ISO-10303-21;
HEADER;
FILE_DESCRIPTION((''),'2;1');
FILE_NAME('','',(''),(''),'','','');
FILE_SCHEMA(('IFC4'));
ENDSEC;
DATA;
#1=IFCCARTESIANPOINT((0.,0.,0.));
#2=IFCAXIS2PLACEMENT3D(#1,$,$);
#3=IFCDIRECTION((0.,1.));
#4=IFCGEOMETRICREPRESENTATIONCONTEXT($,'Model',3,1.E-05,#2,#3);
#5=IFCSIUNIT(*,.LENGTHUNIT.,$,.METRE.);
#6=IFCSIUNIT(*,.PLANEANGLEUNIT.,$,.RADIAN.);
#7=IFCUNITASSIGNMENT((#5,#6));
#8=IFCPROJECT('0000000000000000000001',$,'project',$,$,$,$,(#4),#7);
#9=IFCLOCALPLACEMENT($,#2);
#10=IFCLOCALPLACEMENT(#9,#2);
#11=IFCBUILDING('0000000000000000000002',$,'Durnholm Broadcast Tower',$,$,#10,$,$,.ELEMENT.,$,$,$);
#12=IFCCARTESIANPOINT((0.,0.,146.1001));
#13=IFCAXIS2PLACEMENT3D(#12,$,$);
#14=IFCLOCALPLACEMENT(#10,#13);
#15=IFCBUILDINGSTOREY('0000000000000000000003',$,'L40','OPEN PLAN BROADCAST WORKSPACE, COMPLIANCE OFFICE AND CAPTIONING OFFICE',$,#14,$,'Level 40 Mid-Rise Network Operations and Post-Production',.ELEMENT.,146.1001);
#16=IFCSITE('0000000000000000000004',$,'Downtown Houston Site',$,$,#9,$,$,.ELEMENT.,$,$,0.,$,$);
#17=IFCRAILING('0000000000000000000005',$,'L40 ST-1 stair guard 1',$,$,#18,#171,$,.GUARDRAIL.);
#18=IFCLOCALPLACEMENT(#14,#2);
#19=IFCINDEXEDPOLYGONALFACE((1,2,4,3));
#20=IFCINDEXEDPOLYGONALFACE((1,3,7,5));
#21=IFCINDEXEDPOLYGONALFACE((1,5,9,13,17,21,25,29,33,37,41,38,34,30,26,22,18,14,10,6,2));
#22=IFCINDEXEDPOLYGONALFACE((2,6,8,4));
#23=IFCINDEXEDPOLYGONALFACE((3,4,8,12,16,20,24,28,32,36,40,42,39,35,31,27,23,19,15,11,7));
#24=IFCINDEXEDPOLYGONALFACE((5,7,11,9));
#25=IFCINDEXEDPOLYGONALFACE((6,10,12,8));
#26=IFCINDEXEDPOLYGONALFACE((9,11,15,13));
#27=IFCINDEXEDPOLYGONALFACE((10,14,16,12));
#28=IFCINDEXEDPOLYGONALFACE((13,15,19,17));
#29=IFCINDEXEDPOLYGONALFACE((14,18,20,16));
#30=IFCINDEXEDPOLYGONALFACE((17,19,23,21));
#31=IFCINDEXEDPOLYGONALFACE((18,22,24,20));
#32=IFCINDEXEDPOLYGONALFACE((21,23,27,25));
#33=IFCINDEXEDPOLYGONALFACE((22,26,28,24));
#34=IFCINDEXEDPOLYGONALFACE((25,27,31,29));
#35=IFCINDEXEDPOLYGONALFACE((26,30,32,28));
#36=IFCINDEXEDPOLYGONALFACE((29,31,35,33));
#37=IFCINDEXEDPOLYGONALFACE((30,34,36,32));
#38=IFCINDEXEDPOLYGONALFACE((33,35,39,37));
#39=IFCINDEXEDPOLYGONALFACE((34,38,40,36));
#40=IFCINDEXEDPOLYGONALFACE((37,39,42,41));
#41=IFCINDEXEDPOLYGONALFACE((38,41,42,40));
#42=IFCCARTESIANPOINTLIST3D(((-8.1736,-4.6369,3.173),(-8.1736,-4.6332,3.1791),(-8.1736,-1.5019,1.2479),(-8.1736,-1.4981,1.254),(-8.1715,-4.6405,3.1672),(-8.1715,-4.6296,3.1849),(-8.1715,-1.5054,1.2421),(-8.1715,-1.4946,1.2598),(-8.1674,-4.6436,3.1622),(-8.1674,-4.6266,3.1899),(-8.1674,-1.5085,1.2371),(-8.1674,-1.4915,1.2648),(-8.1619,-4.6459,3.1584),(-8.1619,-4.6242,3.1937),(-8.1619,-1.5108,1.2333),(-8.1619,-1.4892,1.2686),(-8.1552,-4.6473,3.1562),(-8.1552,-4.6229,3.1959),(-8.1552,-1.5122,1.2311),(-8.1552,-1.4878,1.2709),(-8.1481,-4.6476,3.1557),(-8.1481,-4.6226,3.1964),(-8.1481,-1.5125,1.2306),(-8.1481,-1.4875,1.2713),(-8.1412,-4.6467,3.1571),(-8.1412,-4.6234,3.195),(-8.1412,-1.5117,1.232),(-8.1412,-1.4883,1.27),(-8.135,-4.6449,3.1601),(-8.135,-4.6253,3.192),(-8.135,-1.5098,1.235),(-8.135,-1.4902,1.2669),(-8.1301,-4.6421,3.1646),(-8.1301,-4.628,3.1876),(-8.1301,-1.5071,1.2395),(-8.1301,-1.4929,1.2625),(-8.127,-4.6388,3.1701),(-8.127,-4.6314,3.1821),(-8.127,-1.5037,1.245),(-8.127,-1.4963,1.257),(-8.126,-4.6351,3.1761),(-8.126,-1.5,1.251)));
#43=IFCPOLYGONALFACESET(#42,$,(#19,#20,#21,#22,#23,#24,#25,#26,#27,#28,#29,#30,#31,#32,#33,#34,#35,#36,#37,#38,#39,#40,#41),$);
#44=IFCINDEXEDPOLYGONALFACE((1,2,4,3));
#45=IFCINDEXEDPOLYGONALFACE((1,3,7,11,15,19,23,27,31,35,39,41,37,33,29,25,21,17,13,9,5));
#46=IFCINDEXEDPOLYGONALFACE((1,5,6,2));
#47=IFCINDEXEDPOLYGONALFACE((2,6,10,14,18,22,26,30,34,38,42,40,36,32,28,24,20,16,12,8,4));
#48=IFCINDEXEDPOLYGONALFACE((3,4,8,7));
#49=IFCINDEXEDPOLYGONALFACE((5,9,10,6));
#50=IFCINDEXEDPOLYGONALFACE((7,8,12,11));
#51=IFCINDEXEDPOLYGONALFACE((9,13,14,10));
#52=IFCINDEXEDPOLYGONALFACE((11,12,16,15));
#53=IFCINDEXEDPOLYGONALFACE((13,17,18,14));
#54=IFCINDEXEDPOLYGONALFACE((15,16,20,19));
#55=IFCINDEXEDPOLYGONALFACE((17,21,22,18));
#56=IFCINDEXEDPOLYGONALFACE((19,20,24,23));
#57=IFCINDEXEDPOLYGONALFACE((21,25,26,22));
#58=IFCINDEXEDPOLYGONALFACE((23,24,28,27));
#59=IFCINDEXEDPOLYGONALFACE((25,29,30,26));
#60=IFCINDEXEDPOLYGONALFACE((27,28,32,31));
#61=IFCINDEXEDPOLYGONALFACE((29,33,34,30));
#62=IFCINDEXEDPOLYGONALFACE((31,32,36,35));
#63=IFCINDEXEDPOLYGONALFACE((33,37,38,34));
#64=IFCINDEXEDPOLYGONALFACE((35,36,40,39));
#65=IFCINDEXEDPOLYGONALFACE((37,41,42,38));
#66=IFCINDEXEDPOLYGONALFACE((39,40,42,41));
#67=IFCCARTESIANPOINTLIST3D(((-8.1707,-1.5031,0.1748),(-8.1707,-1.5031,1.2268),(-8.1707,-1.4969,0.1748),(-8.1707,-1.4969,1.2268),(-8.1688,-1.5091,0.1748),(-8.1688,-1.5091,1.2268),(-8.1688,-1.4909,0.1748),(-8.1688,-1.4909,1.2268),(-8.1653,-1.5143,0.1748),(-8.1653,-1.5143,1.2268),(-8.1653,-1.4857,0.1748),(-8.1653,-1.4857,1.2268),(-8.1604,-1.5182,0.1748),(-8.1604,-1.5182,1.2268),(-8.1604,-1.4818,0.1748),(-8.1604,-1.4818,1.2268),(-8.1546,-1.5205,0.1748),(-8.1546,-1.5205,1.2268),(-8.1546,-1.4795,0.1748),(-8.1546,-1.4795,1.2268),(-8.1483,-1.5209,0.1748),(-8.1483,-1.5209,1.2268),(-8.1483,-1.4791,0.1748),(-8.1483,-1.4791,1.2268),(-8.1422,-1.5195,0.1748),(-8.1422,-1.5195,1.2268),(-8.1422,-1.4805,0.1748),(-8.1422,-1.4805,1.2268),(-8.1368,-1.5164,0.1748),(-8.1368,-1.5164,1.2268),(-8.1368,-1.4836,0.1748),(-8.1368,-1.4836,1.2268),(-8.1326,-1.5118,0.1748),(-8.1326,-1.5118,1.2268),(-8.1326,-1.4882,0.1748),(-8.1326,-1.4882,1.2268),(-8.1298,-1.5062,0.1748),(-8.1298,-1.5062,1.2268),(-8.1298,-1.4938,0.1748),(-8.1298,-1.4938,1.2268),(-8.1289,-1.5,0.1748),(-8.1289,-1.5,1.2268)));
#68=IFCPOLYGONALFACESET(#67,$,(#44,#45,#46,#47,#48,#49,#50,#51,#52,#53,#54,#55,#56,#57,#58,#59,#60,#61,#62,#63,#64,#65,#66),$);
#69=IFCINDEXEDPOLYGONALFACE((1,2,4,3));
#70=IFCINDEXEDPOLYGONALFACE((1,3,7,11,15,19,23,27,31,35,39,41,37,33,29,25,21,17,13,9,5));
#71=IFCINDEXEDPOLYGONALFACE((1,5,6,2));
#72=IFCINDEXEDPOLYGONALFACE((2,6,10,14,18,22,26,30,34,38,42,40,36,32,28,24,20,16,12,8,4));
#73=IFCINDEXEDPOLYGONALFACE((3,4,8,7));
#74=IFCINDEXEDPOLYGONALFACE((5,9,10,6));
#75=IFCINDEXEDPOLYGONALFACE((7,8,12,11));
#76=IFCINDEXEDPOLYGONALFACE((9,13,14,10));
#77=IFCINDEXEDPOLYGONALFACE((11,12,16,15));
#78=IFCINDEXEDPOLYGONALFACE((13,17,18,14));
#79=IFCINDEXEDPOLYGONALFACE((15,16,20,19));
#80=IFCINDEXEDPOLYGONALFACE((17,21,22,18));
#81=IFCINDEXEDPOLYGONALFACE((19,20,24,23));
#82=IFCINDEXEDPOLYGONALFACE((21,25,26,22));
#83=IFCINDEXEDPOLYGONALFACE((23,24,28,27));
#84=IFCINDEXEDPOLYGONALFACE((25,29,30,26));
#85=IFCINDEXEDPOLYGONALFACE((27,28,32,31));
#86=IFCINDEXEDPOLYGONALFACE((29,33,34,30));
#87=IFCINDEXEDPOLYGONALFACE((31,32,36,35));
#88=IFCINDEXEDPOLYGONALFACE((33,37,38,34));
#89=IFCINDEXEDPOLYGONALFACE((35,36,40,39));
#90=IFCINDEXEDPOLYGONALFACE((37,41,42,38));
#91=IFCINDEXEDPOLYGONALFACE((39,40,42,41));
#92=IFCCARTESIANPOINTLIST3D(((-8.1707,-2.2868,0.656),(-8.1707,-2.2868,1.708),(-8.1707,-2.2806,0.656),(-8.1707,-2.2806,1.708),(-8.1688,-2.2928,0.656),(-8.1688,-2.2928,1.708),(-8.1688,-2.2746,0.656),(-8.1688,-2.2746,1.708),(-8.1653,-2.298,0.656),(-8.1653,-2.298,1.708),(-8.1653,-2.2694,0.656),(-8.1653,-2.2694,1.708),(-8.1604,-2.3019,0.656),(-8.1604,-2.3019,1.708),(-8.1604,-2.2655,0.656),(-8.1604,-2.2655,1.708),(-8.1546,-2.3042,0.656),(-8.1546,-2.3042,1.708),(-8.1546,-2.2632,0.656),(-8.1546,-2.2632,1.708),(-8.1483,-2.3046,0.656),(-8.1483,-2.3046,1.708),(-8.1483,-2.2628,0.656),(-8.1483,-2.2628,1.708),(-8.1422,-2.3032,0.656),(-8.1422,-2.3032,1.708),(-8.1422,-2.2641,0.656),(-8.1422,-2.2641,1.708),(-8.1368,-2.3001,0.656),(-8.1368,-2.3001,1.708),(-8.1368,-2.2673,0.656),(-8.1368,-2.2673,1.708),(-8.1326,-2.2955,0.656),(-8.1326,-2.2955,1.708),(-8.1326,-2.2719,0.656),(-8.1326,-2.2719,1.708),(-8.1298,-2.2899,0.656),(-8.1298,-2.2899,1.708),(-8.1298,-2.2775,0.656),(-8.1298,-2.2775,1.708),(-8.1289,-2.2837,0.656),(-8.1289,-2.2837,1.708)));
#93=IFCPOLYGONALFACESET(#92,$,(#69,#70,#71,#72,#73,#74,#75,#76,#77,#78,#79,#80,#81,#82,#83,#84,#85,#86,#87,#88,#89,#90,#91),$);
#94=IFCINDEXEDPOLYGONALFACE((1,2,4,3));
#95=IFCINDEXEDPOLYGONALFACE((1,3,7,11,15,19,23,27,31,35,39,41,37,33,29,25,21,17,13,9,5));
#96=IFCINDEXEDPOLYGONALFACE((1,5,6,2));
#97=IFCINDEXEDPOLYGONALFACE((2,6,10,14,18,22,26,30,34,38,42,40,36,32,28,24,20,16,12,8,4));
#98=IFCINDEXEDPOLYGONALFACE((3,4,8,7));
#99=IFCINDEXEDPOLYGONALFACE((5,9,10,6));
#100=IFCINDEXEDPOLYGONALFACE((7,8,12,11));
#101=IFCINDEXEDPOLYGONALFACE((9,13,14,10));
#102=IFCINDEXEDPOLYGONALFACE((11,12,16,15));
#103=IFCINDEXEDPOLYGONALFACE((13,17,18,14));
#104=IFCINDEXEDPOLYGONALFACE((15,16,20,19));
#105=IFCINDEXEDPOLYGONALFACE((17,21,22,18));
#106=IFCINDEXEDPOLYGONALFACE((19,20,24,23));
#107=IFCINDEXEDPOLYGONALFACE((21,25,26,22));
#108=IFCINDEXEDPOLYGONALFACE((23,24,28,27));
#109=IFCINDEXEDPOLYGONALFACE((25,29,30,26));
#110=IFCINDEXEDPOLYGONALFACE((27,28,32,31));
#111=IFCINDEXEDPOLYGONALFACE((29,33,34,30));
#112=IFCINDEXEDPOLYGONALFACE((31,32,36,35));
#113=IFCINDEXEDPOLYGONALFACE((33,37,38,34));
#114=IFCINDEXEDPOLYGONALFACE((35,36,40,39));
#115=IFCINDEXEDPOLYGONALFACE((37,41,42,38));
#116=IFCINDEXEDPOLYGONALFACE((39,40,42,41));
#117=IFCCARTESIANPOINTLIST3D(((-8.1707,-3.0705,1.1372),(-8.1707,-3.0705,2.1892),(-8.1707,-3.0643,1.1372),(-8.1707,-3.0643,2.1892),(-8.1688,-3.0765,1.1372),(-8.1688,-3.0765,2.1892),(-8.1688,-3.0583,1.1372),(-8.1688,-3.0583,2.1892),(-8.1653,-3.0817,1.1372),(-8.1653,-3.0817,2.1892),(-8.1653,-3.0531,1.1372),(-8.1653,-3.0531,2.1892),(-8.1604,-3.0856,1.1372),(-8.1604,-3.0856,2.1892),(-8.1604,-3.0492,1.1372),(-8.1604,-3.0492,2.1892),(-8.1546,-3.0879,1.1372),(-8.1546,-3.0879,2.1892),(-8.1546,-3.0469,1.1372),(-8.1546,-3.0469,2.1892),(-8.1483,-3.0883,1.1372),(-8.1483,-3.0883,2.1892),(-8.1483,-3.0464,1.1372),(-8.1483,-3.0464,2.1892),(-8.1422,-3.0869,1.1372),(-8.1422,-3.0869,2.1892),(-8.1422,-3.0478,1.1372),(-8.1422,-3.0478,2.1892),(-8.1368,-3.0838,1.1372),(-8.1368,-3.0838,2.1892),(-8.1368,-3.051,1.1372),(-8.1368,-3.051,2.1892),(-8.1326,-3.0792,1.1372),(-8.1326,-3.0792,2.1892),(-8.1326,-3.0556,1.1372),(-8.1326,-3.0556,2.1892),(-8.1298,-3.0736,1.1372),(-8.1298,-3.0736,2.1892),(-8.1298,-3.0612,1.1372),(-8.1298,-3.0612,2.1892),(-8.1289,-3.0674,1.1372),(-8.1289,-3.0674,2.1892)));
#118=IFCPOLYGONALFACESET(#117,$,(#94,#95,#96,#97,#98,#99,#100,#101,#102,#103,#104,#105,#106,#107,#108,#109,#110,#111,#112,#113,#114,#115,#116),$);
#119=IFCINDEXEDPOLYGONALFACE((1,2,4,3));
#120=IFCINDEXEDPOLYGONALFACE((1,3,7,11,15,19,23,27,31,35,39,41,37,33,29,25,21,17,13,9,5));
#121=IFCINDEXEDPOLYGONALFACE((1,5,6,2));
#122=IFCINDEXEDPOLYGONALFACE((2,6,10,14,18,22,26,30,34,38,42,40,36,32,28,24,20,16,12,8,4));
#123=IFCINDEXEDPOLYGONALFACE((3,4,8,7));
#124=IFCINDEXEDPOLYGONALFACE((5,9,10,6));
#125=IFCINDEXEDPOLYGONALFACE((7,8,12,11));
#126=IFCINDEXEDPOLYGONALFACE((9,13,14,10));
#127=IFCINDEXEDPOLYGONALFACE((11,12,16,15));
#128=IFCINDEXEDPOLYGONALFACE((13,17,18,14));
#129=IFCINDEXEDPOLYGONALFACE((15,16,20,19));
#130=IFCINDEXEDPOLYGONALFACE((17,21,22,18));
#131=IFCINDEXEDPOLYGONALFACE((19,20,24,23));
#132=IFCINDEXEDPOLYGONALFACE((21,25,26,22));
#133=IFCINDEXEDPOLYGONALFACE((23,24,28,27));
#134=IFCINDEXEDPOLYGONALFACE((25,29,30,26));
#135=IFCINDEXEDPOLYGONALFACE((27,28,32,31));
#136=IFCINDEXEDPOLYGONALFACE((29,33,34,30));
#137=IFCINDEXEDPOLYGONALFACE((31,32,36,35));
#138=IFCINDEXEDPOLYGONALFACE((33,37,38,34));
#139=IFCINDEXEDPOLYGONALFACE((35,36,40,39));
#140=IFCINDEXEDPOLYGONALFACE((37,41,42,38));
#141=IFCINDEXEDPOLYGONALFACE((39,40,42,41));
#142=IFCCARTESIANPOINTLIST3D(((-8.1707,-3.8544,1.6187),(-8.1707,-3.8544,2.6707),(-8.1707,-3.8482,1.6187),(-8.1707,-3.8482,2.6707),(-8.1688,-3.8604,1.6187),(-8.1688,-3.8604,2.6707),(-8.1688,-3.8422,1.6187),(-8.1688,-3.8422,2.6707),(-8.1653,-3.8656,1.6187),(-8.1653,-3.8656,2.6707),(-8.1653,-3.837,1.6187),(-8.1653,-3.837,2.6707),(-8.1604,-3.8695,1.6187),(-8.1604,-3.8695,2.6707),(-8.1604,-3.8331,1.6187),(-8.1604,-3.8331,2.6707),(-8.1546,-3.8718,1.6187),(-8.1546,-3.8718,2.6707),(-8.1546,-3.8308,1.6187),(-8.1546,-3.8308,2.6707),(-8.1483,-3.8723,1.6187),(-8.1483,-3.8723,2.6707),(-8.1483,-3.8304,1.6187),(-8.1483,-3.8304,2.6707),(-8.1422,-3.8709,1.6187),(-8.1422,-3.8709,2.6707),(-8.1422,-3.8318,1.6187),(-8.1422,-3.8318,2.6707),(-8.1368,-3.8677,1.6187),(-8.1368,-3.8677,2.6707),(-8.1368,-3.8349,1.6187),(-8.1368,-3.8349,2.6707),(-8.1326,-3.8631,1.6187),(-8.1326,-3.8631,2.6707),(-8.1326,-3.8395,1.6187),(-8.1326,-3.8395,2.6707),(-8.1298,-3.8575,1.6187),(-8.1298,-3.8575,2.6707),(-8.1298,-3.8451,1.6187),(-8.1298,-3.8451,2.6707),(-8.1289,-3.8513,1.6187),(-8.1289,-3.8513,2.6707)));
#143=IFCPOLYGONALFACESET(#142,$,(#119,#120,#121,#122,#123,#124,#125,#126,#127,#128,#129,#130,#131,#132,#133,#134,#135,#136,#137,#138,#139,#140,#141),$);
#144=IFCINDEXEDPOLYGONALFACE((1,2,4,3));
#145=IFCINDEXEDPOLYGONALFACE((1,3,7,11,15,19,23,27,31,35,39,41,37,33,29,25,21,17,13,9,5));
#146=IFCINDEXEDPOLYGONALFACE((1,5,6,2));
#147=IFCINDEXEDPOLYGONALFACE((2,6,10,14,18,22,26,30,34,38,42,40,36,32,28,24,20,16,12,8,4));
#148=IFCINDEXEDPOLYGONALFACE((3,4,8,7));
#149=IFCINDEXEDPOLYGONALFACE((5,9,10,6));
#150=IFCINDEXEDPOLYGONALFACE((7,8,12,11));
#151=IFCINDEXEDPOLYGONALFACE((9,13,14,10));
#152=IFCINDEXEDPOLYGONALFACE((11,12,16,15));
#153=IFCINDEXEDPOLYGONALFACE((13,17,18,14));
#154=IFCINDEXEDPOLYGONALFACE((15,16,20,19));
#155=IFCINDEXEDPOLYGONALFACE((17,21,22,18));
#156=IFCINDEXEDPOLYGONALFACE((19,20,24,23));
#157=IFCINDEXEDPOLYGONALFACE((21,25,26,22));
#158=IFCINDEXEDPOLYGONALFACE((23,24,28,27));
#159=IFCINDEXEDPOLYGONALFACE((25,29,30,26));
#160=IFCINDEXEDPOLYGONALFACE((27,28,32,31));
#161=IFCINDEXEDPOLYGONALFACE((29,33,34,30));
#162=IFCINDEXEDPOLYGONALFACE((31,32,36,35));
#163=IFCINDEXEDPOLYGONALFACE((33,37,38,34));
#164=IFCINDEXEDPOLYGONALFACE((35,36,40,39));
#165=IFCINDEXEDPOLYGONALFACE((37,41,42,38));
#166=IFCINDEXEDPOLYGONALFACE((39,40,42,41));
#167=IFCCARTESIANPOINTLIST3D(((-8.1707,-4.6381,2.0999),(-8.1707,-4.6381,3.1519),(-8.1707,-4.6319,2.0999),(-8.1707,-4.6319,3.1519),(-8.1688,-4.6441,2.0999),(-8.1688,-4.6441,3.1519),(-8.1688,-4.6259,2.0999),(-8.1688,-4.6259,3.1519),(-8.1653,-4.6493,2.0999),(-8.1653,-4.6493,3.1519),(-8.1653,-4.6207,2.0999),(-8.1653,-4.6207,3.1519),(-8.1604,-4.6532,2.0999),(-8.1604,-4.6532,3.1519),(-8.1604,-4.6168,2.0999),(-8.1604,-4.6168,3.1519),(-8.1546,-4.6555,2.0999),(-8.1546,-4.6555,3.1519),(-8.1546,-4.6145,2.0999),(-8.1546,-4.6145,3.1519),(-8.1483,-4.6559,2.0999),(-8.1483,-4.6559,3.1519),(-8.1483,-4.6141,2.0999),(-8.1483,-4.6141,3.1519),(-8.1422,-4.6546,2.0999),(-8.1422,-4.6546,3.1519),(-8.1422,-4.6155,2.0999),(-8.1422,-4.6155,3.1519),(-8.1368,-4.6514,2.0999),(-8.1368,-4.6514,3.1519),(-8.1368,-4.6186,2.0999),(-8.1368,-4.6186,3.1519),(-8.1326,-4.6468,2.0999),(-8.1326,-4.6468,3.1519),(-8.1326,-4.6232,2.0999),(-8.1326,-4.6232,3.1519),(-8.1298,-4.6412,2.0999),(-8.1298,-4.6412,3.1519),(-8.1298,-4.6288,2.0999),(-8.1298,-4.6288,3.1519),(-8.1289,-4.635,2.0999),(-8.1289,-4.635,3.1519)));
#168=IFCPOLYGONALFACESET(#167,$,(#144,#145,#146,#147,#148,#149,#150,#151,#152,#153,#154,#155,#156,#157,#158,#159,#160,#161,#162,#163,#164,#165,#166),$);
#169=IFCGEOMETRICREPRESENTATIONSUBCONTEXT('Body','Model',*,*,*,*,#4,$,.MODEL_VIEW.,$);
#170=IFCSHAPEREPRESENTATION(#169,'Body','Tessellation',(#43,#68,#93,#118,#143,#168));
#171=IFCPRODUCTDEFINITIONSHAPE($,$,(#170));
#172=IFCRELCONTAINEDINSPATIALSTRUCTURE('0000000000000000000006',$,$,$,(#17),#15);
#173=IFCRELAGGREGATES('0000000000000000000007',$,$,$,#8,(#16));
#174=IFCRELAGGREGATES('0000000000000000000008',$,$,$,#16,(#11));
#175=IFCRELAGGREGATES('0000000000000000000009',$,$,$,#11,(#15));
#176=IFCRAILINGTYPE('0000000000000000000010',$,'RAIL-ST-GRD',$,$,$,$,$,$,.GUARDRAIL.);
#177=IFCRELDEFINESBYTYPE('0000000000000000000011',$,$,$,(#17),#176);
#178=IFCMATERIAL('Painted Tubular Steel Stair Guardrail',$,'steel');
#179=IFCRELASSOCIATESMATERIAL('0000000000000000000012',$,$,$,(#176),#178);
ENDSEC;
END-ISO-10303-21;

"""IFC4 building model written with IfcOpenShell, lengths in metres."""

from ifc_helpers import new_model, si_unit, direction, frame, origin, origin_2d, place, context, subcontext, project, spatial, circle, extrude, material, type_object, element, save


model = new_model("IFC4")

# Units and contexts
model_context = context("Model", 3, precision=1e-05, world=origin(), true_north=direction((0.0, 1.0)))
body_context = subcontext(model_context, "Body", "Model", "MODEL_VIEW")
ifc_project = project(units=[si_unit("LENGTHUNIT", "METRE"), si_unit("PLANEANGLEUNIT", "RADIAN")], contexts=[model_context])

# Site, building, storey
site_placement = place(None, origin())
site = spatial("IfcSite", under=ifc_project, at=site_placement, Name="Downtown Houston Site", CompositionType="ELEMENT", RefElevation=0.0)
building_placement = place(site_placement, origin())
building = spatial("IfcBuilding", under=site, at=building_placement, Name="Durnholm Broadcast Tower", CompositionType="ELEMENT")
storey_placement = place(building_placement, frame((0.0, 0.0, 146.1001)))
storey = spatial("IfcBuildingStorey", under=building, at=storey_placement, Name="L40", Description="OPEN PLAN BROADCAST WORKSPACE, COMPLIANCE OFFICE AND CAPTIONING OFFICE", LongName="Level 40 Mid-Rise Network Operations and Post-Production", CompositionType="ELEMENT", Elevation=146.1001)

# Railing
ifc_material_1 = material(Name="Painted Tubular Steel Stair Guardrail", Category="steel")
railing_type_1 = type_object("IfcRailingType", Name="RAIL-ST-GRD", PredefinedType="GUARDRAIL", material=ifc_material_1)
railing_1_placement = place(storey_placement, frame((-8.1499, -1.5, 0.1748)))
element("IfcRailing", 1, at=railing_1_placement, inside=storey, type_object=railing_type_1, Name="L40 ST-1 stair guard 1", PredefinedType="GUARDRAIL", context=body_context, shape_type="SweptSolid", body=[
    extrude(circle(Radius=0.0239, at=origin_2d()), frame((0.0, 0.0, 1.0762), z_axis=(0.0, -0.852166, 0.523271), x_axis=(1.0, 0.0, 0.0)), (0.0, 0.0, 1.0), 3.679),
    extrude(circle(Radius=0.021, at=origin_2d()), origin(), (0.0, 0.0, 1.0), 1.052),
    extrude(circle(Radius=0.021, at=origin_2d()), frame((0.0, -0.7837, 0.4812)), (0.0, 0.0, 1.0), 1.052),
    extrude(circle(Radius=0.021, at=origin_2d()), frame((0.0, -1.5674, 0.9624)), (0.0, 0.0, 1.0), 1.052),
    extrude(circle(Radius=0.021, at=origin_2d()), frame((0.0, -2.3513, 1.4438)), (0.0, 0.0, 1.0), 1.052),
    extrude(circle(Radius=0.021, at=origin_2d()), frame((0.0, -3.135, 1.925)), (0.0, 0.0, 1.0), 1.052),
])

save(model, "model.ifc")
